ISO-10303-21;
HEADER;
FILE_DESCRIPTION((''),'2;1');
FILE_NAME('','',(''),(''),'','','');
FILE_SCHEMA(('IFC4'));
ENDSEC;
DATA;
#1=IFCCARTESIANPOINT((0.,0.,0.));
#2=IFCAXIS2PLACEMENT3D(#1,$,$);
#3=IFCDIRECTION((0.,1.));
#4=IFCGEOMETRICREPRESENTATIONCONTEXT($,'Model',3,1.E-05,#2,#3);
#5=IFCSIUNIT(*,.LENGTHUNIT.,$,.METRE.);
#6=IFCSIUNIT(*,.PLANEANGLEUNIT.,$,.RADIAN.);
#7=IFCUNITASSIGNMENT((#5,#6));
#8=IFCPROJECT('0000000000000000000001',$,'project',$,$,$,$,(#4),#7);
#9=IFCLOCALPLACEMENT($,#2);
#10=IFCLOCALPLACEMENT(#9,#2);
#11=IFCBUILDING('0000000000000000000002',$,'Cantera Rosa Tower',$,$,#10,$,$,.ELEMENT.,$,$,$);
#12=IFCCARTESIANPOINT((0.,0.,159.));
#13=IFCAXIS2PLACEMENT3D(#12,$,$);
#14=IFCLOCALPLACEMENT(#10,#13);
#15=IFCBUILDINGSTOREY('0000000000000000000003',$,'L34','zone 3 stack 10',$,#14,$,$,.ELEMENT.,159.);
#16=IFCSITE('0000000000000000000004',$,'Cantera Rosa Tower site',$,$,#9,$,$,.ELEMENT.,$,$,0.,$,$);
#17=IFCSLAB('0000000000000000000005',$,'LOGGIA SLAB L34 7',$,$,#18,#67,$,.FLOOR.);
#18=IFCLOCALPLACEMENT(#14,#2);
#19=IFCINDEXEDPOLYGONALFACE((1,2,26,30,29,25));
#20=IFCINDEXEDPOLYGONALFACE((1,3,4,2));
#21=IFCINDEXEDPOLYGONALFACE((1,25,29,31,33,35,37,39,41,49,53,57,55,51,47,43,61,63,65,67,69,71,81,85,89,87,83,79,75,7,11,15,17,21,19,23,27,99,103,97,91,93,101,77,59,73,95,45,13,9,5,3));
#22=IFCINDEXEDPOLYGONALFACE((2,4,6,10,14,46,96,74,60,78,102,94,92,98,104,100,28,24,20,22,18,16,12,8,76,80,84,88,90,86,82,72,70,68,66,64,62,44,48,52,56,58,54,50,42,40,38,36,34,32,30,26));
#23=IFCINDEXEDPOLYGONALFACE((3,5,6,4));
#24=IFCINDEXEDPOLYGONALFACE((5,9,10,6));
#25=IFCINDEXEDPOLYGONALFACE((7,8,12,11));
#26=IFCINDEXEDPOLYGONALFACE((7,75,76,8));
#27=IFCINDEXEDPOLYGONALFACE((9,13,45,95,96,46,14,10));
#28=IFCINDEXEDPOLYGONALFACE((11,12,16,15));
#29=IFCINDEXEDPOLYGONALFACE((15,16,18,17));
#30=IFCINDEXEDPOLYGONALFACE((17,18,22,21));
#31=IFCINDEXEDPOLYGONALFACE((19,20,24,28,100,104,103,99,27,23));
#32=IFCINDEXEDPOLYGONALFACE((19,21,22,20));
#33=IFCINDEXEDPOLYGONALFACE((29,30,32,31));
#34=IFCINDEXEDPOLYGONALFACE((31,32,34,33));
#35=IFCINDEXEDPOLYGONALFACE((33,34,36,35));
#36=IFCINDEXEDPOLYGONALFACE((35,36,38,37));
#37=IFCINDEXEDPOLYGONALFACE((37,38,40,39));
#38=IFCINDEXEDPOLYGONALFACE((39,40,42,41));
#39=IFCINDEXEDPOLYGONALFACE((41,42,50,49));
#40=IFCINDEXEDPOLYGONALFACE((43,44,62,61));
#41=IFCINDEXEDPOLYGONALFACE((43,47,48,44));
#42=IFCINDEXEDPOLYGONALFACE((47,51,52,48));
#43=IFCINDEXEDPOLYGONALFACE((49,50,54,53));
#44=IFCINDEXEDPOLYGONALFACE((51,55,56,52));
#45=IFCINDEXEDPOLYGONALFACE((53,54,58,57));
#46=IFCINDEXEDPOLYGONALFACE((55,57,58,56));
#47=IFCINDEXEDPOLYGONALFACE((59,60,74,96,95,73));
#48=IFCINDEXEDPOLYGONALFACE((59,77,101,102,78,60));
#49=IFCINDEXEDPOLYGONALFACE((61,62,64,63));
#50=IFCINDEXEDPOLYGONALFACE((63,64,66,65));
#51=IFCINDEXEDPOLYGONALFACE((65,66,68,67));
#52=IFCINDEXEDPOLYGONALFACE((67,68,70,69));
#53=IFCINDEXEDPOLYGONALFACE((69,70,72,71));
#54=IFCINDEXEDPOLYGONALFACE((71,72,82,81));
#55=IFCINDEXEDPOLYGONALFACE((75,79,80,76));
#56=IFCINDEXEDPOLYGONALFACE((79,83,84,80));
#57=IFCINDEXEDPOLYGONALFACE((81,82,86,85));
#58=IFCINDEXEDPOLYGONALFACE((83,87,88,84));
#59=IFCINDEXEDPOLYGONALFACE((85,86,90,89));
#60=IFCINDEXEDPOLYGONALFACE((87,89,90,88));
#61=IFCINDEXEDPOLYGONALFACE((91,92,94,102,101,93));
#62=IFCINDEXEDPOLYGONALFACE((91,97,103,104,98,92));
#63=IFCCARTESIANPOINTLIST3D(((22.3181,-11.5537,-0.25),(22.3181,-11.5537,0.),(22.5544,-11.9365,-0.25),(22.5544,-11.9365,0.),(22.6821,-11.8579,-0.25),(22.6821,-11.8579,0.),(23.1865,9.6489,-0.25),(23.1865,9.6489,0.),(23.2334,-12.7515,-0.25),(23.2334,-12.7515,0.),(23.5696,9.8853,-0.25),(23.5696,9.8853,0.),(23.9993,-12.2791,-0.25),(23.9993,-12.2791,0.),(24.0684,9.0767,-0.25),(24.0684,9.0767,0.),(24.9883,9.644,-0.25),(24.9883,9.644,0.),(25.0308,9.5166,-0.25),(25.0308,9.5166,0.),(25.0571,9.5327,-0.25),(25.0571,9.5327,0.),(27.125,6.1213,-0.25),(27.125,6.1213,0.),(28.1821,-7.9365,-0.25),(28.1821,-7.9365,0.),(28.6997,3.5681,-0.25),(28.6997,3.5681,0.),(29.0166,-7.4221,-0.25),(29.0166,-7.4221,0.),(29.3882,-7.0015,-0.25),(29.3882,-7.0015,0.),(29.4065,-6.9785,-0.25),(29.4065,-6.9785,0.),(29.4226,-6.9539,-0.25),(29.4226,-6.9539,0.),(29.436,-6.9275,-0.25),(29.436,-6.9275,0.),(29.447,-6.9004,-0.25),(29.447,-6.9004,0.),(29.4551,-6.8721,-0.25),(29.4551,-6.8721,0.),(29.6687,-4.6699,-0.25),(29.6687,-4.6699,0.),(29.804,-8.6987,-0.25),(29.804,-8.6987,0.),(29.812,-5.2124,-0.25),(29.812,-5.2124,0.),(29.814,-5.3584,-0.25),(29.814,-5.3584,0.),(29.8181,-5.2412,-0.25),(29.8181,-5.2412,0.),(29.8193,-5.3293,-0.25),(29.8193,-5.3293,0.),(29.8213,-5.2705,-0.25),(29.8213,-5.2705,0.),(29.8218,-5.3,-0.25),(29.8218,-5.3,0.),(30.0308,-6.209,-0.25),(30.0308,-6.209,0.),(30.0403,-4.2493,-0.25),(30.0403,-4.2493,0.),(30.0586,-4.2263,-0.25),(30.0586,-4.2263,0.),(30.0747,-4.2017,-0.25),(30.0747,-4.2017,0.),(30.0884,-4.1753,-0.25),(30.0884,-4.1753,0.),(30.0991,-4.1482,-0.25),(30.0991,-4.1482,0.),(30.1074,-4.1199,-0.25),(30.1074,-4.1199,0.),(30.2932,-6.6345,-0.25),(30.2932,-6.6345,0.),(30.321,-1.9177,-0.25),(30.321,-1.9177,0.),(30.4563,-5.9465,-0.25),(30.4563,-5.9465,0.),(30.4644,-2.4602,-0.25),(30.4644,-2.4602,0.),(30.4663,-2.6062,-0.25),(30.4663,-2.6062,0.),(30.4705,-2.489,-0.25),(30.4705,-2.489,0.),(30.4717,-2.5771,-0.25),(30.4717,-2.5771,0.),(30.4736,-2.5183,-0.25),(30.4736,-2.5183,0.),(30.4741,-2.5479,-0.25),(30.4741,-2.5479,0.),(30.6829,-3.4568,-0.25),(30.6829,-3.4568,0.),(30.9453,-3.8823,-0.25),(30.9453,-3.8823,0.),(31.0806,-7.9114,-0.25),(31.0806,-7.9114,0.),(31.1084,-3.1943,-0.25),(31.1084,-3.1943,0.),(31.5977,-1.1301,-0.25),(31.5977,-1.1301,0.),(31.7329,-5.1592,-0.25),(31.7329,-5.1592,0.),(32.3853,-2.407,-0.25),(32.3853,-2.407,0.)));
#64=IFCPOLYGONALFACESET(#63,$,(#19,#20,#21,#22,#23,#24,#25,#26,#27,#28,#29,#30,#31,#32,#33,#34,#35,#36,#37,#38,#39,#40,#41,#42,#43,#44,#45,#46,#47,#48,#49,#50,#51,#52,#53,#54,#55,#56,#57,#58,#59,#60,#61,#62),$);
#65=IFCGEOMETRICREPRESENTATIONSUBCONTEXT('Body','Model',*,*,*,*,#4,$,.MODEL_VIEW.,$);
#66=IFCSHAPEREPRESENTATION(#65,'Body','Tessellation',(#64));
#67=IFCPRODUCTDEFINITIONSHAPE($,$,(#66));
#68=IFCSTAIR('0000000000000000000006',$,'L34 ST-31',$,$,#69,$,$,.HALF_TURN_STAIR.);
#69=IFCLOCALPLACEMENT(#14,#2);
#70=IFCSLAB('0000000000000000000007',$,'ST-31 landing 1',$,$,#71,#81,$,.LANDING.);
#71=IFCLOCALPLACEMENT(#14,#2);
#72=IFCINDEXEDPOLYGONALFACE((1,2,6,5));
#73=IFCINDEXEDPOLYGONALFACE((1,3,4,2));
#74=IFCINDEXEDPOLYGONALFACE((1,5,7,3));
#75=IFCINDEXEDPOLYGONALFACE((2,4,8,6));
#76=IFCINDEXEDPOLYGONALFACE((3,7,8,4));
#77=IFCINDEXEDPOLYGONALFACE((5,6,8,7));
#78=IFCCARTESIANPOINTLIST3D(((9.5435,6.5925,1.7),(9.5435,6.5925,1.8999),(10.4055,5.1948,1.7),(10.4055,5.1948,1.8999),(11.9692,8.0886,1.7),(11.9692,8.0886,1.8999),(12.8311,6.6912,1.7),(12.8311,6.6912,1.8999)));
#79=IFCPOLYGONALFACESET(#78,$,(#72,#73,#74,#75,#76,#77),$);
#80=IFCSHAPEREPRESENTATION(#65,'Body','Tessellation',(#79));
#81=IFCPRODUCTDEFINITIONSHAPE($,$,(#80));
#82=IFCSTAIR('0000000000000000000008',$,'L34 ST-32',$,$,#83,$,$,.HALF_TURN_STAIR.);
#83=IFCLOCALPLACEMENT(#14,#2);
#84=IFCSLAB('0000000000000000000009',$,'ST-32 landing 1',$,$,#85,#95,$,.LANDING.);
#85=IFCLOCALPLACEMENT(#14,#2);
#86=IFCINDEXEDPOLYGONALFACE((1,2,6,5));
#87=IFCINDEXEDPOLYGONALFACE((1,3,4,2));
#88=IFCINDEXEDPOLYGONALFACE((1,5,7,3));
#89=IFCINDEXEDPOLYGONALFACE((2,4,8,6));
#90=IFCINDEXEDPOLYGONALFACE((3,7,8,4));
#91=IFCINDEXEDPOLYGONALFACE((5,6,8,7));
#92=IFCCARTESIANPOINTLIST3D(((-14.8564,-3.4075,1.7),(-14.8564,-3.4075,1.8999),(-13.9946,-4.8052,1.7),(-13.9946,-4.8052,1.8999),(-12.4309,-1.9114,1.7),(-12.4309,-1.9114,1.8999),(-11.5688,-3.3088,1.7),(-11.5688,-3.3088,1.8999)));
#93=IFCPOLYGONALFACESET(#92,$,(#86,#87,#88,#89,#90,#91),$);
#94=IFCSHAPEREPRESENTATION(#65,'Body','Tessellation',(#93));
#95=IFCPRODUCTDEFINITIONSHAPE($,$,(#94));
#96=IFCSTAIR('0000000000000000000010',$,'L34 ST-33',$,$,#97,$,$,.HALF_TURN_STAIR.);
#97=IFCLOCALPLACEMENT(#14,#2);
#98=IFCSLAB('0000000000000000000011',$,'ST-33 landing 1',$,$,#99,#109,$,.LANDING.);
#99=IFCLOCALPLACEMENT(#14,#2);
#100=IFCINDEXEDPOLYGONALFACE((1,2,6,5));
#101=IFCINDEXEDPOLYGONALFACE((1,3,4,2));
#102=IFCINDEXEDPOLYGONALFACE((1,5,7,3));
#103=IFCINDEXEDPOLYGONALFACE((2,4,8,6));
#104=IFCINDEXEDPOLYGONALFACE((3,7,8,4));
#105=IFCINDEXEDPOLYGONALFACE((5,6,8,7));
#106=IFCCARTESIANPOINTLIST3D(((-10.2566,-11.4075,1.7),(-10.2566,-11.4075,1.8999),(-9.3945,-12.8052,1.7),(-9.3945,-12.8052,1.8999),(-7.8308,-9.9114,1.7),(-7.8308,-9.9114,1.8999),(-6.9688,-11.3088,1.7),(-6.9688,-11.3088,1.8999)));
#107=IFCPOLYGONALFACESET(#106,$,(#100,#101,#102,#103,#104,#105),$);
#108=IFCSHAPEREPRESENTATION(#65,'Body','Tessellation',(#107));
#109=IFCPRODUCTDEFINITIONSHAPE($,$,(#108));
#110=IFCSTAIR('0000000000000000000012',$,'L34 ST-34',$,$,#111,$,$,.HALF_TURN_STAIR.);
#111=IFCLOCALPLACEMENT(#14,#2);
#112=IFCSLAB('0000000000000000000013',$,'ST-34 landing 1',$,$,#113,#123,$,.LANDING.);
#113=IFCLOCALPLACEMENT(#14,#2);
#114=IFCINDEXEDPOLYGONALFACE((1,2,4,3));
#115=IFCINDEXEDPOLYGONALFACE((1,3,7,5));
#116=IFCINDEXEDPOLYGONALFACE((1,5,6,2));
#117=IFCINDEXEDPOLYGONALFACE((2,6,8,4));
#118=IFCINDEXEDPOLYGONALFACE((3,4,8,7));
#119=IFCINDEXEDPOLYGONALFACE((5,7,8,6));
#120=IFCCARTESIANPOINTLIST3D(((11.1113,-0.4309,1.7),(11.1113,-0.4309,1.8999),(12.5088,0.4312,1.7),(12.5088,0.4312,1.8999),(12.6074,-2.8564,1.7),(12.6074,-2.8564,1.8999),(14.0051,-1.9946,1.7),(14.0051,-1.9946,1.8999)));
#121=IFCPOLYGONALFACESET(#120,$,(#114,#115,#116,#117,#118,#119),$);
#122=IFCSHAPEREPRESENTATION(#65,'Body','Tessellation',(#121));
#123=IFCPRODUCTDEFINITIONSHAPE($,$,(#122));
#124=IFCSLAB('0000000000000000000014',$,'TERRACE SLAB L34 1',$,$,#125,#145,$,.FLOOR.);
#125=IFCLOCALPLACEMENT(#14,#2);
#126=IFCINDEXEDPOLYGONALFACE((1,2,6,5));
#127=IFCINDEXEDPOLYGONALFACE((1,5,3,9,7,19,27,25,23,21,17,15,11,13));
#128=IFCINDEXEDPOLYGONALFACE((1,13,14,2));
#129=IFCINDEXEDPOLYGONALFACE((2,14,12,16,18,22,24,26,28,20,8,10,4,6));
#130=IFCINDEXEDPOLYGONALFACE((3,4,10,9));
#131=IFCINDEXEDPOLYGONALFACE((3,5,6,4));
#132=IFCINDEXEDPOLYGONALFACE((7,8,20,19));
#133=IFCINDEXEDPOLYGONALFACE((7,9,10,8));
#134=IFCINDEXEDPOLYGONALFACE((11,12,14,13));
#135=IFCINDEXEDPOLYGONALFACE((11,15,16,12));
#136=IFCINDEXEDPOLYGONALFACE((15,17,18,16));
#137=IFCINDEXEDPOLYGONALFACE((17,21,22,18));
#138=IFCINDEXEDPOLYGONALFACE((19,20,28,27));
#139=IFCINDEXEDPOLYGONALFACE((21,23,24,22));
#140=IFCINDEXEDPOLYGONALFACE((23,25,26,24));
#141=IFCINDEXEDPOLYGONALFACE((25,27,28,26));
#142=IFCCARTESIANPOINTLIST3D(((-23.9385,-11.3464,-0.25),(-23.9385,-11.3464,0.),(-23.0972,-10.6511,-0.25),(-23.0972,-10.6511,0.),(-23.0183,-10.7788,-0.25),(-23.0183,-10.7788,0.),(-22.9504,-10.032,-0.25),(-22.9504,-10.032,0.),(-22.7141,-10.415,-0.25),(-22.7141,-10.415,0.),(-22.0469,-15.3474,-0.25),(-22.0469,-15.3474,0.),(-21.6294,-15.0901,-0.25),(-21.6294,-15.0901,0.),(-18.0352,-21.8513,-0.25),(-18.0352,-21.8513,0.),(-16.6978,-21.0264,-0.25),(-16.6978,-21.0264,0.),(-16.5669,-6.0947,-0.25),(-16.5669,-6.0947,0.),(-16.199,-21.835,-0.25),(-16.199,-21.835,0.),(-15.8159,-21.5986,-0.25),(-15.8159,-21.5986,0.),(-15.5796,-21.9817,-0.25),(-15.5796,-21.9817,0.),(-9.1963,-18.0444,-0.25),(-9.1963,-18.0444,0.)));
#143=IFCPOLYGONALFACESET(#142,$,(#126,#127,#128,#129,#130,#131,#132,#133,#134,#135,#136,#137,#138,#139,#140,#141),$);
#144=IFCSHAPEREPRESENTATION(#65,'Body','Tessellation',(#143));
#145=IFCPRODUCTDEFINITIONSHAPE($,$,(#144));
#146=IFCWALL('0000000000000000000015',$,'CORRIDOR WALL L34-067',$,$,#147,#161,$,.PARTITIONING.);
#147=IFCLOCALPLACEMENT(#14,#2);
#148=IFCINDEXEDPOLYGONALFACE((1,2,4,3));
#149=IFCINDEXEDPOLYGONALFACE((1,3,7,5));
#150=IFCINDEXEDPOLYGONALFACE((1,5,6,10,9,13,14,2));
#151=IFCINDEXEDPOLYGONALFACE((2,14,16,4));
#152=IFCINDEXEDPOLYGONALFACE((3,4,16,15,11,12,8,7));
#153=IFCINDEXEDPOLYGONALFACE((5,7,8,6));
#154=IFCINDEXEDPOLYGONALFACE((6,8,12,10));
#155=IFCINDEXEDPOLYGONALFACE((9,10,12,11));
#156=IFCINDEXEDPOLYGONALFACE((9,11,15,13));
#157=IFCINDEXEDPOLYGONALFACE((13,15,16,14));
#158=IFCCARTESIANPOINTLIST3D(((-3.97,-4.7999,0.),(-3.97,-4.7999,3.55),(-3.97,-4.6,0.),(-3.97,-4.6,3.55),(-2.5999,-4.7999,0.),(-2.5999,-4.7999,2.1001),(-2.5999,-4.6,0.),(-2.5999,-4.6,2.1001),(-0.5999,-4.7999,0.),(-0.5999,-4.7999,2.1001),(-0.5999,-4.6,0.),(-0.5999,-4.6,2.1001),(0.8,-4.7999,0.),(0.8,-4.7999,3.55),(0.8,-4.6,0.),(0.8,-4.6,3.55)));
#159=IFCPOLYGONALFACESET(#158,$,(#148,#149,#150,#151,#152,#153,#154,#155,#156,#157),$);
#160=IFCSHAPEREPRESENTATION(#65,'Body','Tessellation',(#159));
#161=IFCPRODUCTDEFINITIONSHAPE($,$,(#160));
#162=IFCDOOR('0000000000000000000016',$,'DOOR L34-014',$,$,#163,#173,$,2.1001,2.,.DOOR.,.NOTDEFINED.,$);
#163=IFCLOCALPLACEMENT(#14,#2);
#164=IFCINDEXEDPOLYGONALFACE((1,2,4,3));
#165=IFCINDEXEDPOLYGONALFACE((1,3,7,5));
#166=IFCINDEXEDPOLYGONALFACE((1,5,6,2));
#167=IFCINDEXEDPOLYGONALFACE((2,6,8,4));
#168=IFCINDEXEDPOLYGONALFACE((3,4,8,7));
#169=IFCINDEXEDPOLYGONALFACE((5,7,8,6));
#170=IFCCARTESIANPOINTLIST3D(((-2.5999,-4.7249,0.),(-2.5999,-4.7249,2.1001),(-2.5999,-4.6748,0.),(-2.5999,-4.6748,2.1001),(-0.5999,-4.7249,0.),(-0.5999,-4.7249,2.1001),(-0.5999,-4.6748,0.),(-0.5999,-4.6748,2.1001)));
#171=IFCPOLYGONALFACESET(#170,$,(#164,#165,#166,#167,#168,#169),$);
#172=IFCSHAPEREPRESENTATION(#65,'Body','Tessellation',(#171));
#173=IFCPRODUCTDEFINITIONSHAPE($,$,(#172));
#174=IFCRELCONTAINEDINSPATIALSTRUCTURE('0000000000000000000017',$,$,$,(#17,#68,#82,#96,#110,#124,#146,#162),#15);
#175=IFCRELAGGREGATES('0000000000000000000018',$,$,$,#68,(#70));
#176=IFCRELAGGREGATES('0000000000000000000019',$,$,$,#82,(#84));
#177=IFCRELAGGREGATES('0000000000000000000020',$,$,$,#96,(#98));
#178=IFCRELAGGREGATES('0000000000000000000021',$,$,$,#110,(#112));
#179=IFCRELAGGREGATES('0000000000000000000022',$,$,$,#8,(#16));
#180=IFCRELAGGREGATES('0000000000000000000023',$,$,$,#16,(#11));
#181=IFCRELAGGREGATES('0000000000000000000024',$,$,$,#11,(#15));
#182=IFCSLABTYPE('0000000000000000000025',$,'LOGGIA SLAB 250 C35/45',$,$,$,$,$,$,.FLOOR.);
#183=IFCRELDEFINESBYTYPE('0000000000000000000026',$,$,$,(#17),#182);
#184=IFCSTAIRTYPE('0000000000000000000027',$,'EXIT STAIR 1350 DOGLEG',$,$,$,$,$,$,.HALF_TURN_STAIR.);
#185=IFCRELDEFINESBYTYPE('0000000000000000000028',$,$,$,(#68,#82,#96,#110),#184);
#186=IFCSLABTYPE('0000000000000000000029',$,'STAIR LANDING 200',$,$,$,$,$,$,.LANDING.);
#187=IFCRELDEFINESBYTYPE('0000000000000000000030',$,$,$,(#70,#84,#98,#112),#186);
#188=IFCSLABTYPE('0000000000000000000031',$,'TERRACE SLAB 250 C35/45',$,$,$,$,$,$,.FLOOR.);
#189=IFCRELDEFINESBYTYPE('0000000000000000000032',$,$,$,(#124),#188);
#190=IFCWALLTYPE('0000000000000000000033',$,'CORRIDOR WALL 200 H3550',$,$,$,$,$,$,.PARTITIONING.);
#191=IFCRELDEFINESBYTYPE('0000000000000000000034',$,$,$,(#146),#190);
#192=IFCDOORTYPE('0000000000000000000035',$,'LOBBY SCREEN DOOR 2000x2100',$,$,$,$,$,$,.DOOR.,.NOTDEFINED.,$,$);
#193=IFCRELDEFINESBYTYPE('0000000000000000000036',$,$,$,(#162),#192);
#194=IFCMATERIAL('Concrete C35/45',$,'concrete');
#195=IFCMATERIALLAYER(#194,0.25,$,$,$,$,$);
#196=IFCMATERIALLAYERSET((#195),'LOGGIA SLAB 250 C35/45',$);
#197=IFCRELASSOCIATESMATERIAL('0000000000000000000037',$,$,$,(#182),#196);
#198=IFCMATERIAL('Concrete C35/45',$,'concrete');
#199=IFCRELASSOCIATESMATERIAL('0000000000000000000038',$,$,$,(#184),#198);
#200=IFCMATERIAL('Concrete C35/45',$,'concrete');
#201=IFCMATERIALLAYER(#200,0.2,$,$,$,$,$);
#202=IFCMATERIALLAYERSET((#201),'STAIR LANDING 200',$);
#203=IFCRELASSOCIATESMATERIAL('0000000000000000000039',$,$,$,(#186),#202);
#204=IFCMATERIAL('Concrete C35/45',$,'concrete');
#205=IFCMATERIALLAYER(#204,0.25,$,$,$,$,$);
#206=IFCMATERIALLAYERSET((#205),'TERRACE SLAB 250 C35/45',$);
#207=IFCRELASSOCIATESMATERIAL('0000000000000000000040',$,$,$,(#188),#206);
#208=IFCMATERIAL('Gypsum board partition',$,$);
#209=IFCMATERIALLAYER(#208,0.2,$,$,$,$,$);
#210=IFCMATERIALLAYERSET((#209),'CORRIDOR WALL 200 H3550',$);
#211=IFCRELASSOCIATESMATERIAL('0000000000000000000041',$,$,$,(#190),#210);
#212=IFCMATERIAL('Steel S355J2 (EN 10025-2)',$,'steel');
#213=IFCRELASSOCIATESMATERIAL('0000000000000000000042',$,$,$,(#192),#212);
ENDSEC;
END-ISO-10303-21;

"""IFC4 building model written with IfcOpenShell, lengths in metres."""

from ifc_helpers import new_model, si_unit, direction, frame, frame_2d, origin, place, context, subcontext, project, spatial, polyline, rectangle, outline, extrude, material, layer, layer_set, type_object, element, fill, aggregate, save


model = new_model("IFC4")

# Units and contexts
model_context = context("Model", 3, precision=1e-05, world=origin(), true_north=direction((0.0, 1.0)))
body_context = subcontext(model_context, "Body", "Model", "MODEL_VIEW")
ifc_project = project(units=[si_unit("LENGTHUNIT", "METRE"), si_unit("PLANEANGLEUNIT", "RADIAN")], contexts=[model_context])

# Site, building, storey
site_placement = place(None, origin())
site = spatial("IfcSite", under=ifc_project, at=site_placement, Name="Cantera Rosa Tower site", CompositionType="ELEMENT", RefElevation=0.0)
building_placement = place(site_placement, origin())
building = spatial("IfcBuilding", under=site, at=building_placement, Name="Cantera Rosa Tower", CompositionType="ELEMENT")
storey_placement = place(building_placement, frame((0.0, 0.0, 159.0)))
storey = spatial("IfcBuildingStorey", under=building, at=storey_placement, Name="L34", Description="zone 3 stack 10", CompositionType="ELEMENT", Elevation=159.0)

# Slab
ifc_material_1 = material(Name="Concrete C35/45", Category="concrete")
ifc_layer_1 = layer(ifc_material_1, 0.25)
ifc_layer_set_1 = layer_set([ifc_layer_1], Name="LOGGIA SLAB 250 C35/45")
slab_type_1 = type_object("IfcSlabType", Name="LOGGIA SLAB 250 C35/45", PredefinedType="FLOOR", material=ifc_layer_set_1)
slab_1_placement = place(storey_placement, frame((0.0, 0.0, -0.25)))
element("IfcSlab", 1, at=slab_1_placement, inside=storey, type_object=slab_type_1, Name="LOGGIA SLAB L34 7", PredefinedType="FLOOR", context=body_context, shape_type="SweptSolid", body=[
    extrude(outline(polyline([(32.3853, -2.407), (31.1084, -3.1943), (30.6829, -3.4568), (30.9453, -3.8823), (31.7329, -5.1592), (30.4563, -5.9465), (30.0308, -6.209), (30.2932, -6.6345), (31.0806, -7.9114), (29.804, -8.6987), (23.9993, -12.2791), (23.2334, -12.7515), (22.6821, -11.8579), (22.5544, -11.9365), (22.3181, -11.5537), (28.1821, -7.9365), (29.0166, -7.4221), (29.3882, -7.0015), (29.4065, -6.9785), (29.4226, -6.9539), (29.436, -6.9275), (29.447, -6.9004), (29.4551, -6.8721), (29.814, -5.3584), (29.8193, -5.3293), (29.8218, -5.3), (29.8213, -5.2705), (29.8181, -5.2412), (29.812, -5.2124), (29.6687, -4.6699), (30.0403, -4.2493), (30.0586, -4.2263), (30.0747, -4.2017), (30.0884, -4.1753), (30.0991, -4.1482), (30.1074, -4.1199), (30.4663, -2.6062), (30.4717, -2.5771), (30.4741, -2.5479), (30.4736, -2.5183), (30.4705, -2.489), (30.4644, -2.4602), (30.321, -1.9177), (23.1865, 9.6489), (23.5696, 9.8853), (24.0684, 9.0767), (24.9883, 9.644), (25.0571, 9.5327), (25.0308, 9.5166), (27.125, 6.1213), (28.6997, 3.5681), (31.5977, -1.1301), (32.3853, -2.407)])), origin(), (0.0, 0.0, 1.0), 0.25),
])

# Stairs, slabs
ifc_material_2 = material(Name="Concrete C35/45", Category="concrete")
stair_type = type_object("IfcStairType", Name="EXIT STAIR 1350 DOGLEG", PredefinedType="HALF_TURN_STAIR", material=ifc_material_2)
stair_1_placement = place(storey_placement, origin())
stair_1 = element("IfcStair", 2, at=stair_1_placement, inside=storey, type_object=stair_type, Name="L34 ST-31", PredefinedType="HALF_TURN_STAIR")
ifc_material_3 = material(Name="Concrete C35/45", Category="concrete")
ifc_layer_2 = layer(ifc_material_3, 0.2)
ifc_layer_set_2 = layer_set([ifc_layer_2], Name="STAIR LANDING 200")
slab_type_2 = type_object("IfcSlabType", Name="STAIR LANDING 200", PredefinedType="LANDING", material=ifc_layer_set_2)
slab_2_placement = place(storey_placement, frame((0.0, 0.0, 1.7)))
slab_2 = element("IfcSlab", 3, at=slab_2_placement, type_object=slab_type_2, Name="ST-31 landing 1", PredefinedType="LANDING", context=body_context, shape_type="SweptSolid", body=[
    extrude(outline(polyline([(12.8311, 6.6912), (11.9692, 8.0886), (9.5435, 6.5925), (10.4055, 5.1948), (12.8311, 6.6912)])), origin(), (0.0, 0.0, 1.0), 0.2),
])
aggregate(stair_1, [slab_2])
stair_2_placement = place(storey_placement, origin())
stair_2 = element("IfcStair", 4, at=stair_2_placement, inside=storey, type_object=stair_type, Name="L34 ST-32", PredefinedType="HALF_TURN_STAIR")
slab_3_placement = place(storey_placement, frame((0.0, 0.0, 1.7)))
slab_3 = element("IfcSlab", 5, at=slab_3_placement, type_object=slab_type_2, Name="ST-32 landing 1", PredefinedType="LANDING", context=body_context, shape_type="SweptSolid", body=[
    extrude(outline(polyline([(-11.5688, -3.3088), (-12.4309, -1.9114), (-14.8564, -3.4075), (-13.9946, -4.8052), (-11.5688, -3.3088)])), origin(), (0.0, 0.0, 1.0), 0.2),
])
aggregate(stair_2, [slab_3])
stair_3_placement = place(storey_placement, origin())
stair_3 = element("IfcStair", 6, at=stair_3_placement, inside=storey, type_object=stair_type, Name="L34 ST-33", PredefinedType="HALF_TURN_STAIR")
slab_4_placement = place(storey_placement, frame((0.0, 0.0, 1.7)))
slab_4 = element("IfcSlab", 7, at=slab_4_placement, type_object=slab_type_2, Name="ST-33 landing 1", PredefinedType="LANDING", context=body_context, shape_type="SweptSolid", body=[
    extrude(outline(polyline([(-6.9688, -11.3088), (-7.8308, -9.9114), (-10.2566, -11.4075), (-9.3945, -12.8052), (-6.9688, -11.3088)])), origin(), (0.0, 0.0, 1.0), 0.2),
])
aggregate(stair_3, [slab_4])
stair_4_placement = place(storey_placement, origin())
stair_4 = element("IfcStair", 8, at=stair_4_placement, inside=storey, type_object=stair_type, Name="L34 ST-34", PredefinedType="HALF_TURN_STAIR")
slab_5_placement = place(storey_placement, frame((0.0, 0.0, 1.7)))
slab_5 = element("IfcSlab", 9, at=slab_5_placement, type_object=slab_type_2, Name="ST-34 landing 1", PredefinedType="LANDING", context=body_context, shape_type="SweptSolid", body=[
    extrude(outline(polyline([(12.5088, 0.4312), (11.1113, -0.4309), (12.6074, -2.8564), (14.0051, -1.9946), (12.5088, 0.4312)])), origin(), (0.0, 0.0, 1.0), 0.2),
])
aggregate(stair_4, [slab_5])

# Slab
ifc_material_4 = material(Name="Concrete C35/45", Category="concrete")
ifc_layer_3 = layer(ifc_material_4, 0.25)
ifc_layer_set_3 = layer_set([ifc_layer_3], Name="TERRACE SLAB 250 C35/45")
slab_type_3 = type_object("IfcSlabType", Name="TERRACE SLAB 250 C35/45", PredefinedType="FLOOR", material=ifc_layer_set_3)
slab_6_placement = place(storey_placement, frame((0.0, 0.0, -0.25)))
element("IfcSlab", 10, at=slab_6_placement, inside=storey, type_object=slab_type_3, Name="TERRACE SLAB L34 1", PredefinedType="FLOOR", context=body_context, shape_type="SweptSolid", body=[
    extrude(outline(polyline([(-23.0972, -10.6511), (-22.7141, -10.415), (-22.9504, -10.032), (-16.5669, -6.0947), (-9.1963, -18.0444), (-15.5796, -21.9817), (-15.8159, -21.5986), (-16.199, -21.835), (-16.6978, -21.0264), (-18.0352, -21.8513), (-22.0469, -15.3474), (-21.6294, -15.0901), (-23.9385, -11.3464), (-23.0183, -10.7788), (-23.0972, -10.6511)])), origin(), (0.0, 0.0, 1.0), 0.25),
])

# Wall, opening, door
ifc_material_5 = material(Name="Gypsum board partition")
ifc_layer_4 = layer(ifc_material_5, 0.2)
ifc_layer_set_4 = layer_set([ifc_layer_4], Name="CORRIDOR WALL 200 H3550")
wall_type_1 = type_object("IfcWallType", Name="CORRIDOR WALL 200 H3550", PredefinedType="PARTITIONING", material=ifc_layer_set_4)
wall_1_placement = place(storey_placement, frame((0.8, -4.7, 0.0), z_axis=(0.0, 0.0, 1.0), x_axis=(-1.0, 0.0, 0.0)))
wall_1 = element("IfcWall", 11, at=wall_1_placement, inside=storey, type_object=wall_type_1, Name="CORRIDOR WALL L34-067", PredefinedType="PARTITIONING", context=body_context, shape_type="SweptSolid", body=[
    extrude(rectangle(XDim=4.77, YDim=0.2, at=frame_2d((2.385, 0.0))), origin(), (0.0, 0.0, 1.0), 3.55),
])
opening_1_placement = place(wall_1_placement, frame((1.3999, 0.0, 0.0)))
opening_1 = element("IfcOpeningElement", 12, at=opening_1_placement, cuts=wall_1, PredefinedType="OPENING", context=body_context, shape_type="SweptSolid", body=[
    extrude(rectangle(XDim=2.0, YDim=2.1001, at=frame_2d((1.0, 1.05))), frame((0.0, 0.1099, 0.0), z_axis=(0.0, -1.0, 0.0), x_axis=(1.0, 0.0, 0.0)), (0.0, 0.0, 1.0), 0.22),
])
ifc_material_6 = material(Name="Steel S355J2 (EN 10025-2)", Category="steel")
door_type_1 = type_object("IfcDoorType", Name="LOBBY SCREEN DOOR 2000x2100", OperationType="NOTDEFINED", PredefinedType="DOOR", material=ifc_material_6)
door_1_placement = place(opening_1_placement, origin())
door_1 = element("IfcDoor", 13, at=door_1_placement, inside=storey, type_object=door_type_1, Name="DOOR L34-014", OperationType="NOTDEFINED", OverallHeight=2.1001, OverallWidth=2.0, PredefinedType="DOOR", context=body_context, shape_type="SweptSolid", body=[
    extrude(rectangle(XDim=2.0, YDim=2.1001, at=frame_2d((1.0, 1.05))), frame((0.0, 0.0249, 0.0), z_axis=(0.0, -1.0, 0.0), x_axis=(1.0, 0.0, 0.0)), (0.0, 0.0, 1.0), 0.05),
])
fill(opening_1, door_1)

save(model, "model.ifc")
